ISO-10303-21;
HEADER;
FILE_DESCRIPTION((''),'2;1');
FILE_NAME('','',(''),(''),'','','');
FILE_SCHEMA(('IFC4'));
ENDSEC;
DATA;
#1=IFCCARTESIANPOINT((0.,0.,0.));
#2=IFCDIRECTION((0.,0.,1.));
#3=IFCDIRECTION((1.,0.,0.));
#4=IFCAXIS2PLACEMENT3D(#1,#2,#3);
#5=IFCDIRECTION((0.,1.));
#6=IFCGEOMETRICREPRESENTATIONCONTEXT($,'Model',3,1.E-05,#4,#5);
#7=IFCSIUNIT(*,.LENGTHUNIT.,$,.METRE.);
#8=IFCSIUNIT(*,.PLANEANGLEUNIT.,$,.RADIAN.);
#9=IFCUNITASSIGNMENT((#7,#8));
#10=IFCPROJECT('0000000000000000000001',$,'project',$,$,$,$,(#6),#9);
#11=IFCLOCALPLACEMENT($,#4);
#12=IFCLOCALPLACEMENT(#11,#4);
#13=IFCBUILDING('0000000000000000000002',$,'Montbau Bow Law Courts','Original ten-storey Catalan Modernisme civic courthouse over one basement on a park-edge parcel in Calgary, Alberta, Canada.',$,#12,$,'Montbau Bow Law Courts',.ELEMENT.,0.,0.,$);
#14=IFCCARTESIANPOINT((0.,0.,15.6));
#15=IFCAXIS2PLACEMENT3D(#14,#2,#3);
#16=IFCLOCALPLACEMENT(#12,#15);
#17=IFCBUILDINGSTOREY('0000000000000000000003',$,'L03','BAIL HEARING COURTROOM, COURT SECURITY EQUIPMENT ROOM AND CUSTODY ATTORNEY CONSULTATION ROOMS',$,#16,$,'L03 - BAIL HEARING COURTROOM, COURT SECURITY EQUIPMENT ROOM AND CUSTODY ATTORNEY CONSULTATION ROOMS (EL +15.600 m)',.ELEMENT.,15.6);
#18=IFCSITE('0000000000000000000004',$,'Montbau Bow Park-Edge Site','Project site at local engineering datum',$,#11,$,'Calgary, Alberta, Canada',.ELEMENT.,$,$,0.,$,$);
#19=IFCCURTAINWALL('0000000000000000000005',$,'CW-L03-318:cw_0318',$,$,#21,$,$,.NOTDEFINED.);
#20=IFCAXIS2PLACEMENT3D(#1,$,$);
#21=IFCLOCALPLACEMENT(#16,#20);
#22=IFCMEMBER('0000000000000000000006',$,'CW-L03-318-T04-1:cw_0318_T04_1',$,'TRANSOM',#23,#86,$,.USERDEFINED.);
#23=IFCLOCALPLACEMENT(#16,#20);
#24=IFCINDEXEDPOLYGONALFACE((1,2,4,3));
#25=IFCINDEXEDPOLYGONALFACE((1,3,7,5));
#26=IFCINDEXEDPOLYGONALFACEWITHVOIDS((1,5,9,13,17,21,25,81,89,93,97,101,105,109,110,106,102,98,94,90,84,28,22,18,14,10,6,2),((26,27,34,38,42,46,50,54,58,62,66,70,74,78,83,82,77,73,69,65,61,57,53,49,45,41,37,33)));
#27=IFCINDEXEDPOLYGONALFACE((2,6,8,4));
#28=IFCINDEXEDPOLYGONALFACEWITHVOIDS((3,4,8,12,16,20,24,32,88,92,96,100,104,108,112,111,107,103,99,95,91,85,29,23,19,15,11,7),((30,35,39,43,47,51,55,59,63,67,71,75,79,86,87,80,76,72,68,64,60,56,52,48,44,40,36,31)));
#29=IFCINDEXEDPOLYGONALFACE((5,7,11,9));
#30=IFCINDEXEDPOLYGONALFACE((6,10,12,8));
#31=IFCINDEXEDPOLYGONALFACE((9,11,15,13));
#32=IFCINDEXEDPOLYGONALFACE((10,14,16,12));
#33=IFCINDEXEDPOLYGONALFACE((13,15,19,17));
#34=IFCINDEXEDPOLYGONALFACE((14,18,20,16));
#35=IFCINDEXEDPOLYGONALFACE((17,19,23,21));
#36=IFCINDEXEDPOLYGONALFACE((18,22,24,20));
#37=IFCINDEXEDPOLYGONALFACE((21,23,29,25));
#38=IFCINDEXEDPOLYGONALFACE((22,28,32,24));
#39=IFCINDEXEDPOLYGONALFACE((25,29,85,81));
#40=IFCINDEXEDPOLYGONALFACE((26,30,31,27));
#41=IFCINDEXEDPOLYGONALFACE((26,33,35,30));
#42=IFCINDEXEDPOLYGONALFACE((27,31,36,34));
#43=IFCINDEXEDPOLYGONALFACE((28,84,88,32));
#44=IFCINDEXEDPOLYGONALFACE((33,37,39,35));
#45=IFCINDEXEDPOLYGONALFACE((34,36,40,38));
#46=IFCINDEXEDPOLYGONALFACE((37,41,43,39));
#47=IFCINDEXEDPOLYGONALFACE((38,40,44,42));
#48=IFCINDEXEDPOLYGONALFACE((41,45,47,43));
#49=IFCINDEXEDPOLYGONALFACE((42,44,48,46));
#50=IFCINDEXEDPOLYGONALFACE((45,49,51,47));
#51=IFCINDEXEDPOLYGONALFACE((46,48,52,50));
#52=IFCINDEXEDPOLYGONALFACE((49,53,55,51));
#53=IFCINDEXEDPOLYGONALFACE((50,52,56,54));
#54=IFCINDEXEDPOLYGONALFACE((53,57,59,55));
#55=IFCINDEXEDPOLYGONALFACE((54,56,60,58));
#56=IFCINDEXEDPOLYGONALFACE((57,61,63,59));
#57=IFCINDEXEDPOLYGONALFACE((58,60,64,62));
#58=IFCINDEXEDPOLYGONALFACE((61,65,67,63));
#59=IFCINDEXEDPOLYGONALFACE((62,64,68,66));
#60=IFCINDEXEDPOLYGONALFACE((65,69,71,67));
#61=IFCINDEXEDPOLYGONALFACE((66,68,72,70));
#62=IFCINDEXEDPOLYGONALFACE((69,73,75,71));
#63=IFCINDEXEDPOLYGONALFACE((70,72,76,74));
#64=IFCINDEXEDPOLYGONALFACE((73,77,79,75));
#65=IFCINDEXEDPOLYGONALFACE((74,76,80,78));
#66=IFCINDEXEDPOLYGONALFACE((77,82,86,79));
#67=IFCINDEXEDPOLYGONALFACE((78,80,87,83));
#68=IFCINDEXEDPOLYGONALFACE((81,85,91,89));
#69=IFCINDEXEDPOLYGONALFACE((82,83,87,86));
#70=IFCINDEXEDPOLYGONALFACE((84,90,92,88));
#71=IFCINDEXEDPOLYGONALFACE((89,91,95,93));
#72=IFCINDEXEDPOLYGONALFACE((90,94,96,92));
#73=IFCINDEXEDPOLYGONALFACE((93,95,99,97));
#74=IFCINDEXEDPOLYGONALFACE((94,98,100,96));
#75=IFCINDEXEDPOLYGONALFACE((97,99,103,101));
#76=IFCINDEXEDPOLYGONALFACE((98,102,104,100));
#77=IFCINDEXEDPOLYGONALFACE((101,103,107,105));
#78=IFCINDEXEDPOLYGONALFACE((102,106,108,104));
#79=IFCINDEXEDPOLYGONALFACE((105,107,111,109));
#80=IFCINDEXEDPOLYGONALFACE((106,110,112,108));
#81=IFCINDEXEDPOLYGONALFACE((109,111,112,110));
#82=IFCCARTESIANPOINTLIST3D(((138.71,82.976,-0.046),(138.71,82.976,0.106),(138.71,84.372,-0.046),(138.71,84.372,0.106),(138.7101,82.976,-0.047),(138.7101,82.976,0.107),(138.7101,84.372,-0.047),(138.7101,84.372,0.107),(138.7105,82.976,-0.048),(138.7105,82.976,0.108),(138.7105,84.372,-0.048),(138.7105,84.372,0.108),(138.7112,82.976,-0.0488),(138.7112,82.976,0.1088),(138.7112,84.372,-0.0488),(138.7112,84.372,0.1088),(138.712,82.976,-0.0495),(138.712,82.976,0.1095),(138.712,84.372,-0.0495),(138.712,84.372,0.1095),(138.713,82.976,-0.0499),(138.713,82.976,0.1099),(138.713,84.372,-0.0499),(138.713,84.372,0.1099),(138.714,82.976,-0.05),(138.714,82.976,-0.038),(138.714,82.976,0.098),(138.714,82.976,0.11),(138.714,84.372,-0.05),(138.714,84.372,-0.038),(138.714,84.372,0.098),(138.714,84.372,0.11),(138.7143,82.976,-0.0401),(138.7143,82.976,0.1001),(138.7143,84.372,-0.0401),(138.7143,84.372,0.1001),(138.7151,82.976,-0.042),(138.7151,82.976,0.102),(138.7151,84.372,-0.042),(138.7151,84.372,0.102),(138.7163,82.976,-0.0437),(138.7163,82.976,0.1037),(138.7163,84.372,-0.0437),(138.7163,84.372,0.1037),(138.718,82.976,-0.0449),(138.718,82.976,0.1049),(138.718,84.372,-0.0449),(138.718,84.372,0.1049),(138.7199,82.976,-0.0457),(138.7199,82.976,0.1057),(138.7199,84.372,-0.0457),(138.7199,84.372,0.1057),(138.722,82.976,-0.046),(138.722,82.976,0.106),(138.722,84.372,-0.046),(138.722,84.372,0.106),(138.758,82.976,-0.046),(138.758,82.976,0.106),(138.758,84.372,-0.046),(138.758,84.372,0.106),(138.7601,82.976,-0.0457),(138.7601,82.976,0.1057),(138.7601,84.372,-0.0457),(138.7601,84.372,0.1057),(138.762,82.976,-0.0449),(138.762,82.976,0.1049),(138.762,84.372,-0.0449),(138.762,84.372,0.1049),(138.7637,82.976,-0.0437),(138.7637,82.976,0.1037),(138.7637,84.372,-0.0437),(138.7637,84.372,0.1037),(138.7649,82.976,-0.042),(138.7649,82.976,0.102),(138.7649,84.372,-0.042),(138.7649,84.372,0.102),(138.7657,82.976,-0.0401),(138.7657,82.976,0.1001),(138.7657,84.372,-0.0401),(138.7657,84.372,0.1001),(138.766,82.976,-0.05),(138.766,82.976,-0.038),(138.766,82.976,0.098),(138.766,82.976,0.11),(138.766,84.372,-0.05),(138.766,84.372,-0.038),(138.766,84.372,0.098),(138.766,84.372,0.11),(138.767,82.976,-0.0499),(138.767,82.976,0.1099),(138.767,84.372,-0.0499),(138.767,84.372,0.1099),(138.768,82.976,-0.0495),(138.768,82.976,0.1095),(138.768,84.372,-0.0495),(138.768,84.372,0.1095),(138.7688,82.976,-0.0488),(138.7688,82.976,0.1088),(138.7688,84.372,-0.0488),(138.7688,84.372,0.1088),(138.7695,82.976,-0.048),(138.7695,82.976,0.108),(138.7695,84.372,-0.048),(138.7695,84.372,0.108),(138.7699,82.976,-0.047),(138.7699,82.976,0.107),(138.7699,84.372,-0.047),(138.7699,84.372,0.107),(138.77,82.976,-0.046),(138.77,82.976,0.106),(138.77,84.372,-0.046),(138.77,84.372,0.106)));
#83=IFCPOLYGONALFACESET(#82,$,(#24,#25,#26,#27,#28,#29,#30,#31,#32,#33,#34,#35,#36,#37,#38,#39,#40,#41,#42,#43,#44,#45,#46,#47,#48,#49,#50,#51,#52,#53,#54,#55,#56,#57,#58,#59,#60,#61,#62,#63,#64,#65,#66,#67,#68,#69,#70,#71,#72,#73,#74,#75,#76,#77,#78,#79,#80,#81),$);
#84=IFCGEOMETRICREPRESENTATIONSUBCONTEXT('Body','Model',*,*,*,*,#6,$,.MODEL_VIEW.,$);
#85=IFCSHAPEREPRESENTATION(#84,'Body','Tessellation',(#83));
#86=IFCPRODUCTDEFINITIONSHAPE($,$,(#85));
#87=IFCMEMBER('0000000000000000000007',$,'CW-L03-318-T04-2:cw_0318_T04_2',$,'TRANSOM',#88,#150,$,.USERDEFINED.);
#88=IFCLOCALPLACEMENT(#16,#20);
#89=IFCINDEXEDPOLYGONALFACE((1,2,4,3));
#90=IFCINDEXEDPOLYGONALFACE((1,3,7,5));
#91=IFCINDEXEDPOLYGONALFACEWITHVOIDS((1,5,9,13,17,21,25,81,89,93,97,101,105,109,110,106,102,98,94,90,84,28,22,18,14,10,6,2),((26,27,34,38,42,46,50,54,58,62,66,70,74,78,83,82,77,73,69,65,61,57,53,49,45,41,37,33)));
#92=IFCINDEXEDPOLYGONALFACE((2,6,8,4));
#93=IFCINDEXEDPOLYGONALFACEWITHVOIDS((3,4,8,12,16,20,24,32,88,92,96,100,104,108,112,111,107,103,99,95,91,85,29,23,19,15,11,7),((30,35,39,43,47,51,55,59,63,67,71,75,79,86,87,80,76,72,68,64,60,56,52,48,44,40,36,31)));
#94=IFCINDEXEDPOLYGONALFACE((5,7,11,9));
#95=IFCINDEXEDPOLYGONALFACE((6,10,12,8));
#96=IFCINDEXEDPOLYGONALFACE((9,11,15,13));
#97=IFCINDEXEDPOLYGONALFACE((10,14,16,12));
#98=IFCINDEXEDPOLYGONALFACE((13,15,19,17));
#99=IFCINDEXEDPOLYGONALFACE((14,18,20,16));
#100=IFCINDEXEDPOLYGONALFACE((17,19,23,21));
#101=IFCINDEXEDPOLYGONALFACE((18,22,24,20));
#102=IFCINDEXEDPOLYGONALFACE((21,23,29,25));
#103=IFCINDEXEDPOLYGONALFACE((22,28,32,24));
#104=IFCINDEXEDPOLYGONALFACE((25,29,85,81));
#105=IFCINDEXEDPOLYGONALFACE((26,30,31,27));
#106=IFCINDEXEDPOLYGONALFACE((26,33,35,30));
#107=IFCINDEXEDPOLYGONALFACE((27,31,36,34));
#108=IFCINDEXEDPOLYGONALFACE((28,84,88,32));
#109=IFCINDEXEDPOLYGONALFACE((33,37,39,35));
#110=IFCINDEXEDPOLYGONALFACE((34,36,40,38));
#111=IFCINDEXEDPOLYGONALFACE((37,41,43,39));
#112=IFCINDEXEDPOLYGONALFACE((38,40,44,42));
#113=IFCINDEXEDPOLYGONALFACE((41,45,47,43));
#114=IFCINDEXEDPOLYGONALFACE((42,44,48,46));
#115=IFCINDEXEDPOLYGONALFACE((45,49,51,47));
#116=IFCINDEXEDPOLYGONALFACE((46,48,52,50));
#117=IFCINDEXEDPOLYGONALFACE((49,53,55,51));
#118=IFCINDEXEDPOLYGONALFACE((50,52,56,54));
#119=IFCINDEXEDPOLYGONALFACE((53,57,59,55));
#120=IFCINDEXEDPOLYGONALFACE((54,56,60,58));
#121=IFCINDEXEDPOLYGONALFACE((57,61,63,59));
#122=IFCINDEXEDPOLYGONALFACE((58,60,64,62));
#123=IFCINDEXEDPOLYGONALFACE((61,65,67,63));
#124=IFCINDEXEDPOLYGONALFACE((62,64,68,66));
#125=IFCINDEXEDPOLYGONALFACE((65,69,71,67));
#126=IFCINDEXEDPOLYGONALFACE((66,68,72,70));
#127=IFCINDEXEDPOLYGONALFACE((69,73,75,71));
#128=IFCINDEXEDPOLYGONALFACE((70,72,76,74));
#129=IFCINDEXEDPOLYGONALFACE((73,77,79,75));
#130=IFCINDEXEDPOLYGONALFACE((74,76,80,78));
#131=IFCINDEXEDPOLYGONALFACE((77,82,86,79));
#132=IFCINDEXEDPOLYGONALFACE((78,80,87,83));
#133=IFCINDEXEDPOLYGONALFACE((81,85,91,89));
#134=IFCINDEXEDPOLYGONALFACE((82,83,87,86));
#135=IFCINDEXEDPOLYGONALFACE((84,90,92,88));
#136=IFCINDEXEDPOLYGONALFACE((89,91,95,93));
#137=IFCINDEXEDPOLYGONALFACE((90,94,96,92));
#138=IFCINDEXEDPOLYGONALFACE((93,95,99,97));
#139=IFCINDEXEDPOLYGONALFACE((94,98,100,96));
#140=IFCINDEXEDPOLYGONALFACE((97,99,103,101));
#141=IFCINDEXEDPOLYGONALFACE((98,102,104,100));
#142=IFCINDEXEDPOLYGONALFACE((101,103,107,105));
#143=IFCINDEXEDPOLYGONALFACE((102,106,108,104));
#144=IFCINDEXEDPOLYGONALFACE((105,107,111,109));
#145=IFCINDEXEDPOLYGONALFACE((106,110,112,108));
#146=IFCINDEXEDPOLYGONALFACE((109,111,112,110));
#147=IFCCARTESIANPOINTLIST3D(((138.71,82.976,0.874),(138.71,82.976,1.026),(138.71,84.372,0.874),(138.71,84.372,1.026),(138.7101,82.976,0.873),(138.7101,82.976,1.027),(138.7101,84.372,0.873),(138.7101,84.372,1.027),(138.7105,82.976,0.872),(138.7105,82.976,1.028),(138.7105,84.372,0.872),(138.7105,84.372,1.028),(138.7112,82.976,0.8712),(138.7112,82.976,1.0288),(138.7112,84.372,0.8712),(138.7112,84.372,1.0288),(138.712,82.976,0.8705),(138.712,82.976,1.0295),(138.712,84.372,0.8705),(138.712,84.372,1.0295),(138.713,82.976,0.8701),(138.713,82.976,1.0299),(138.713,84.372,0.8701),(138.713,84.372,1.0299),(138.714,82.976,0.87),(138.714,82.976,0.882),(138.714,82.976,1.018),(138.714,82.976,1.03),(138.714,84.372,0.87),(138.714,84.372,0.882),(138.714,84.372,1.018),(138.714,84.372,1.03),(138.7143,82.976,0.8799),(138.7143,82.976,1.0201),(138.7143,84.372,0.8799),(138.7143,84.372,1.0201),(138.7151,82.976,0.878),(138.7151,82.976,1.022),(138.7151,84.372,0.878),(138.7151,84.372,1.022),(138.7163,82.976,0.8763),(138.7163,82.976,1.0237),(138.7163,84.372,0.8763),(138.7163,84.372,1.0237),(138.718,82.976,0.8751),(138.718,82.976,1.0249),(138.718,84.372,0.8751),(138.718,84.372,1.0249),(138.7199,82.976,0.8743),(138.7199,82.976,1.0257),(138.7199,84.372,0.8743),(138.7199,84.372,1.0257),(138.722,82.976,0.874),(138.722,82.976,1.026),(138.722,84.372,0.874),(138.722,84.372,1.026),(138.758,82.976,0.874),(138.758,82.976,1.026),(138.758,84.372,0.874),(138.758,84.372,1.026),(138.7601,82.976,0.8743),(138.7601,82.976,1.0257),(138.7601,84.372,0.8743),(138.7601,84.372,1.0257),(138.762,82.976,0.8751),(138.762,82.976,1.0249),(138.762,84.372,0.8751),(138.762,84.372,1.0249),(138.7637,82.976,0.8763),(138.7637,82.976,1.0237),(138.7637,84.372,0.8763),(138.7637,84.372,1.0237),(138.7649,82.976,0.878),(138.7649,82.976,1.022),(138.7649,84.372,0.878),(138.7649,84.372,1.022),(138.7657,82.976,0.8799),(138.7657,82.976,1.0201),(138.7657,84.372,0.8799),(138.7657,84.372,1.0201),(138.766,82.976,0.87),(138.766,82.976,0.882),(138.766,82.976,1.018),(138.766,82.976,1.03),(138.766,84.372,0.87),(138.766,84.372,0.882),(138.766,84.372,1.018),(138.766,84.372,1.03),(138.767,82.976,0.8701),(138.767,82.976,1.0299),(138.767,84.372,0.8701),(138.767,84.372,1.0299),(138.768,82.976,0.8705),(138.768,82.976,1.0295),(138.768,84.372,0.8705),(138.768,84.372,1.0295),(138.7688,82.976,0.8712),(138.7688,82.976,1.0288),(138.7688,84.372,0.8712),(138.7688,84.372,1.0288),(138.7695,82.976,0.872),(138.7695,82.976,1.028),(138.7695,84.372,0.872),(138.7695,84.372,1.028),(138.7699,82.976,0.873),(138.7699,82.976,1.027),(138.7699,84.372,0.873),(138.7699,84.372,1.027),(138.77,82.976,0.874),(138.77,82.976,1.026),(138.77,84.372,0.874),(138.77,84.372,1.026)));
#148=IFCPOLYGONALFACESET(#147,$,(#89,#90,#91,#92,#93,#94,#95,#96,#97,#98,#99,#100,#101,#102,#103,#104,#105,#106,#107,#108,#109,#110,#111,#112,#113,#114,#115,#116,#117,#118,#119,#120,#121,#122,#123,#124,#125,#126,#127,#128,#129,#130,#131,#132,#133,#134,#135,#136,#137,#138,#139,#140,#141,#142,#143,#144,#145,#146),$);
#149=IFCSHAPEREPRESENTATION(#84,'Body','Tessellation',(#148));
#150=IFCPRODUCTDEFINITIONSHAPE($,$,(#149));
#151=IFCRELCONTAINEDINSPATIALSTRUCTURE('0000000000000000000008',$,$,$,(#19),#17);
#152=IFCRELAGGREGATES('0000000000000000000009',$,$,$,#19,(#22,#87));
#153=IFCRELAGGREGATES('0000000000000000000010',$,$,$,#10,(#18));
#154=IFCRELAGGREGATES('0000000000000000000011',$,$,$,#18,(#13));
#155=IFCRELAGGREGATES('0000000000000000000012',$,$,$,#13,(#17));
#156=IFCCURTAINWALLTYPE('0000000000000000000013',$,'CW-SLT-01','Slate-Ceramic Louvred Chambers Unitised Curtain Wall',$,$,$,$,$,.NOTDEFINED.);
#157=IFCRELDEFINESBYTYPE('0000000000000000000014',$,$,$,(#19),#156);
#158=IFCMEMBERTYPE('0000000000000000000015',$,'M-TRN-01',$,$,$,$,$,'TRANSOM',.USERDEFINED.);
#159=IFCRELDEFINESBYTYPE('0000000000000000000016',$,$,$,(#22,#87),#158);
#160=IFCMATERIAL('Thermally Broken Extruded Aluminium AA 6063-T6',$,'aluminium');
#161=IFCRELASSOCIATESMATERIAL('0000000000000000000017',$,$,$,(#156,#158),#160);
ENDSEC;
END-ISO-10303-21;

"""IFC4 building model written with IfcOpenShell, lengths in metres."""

from ifc_helpers import new_model, si_unit, direction, frame, origin_with_axes, origin_2d_with_axis, place, context, subcontext, project, spatial, hollow_rectangle, extrude, material, material_profile, profile_set, type_object, element, aggregate, save


model = new_model("IFC4")

# Units and contexts
model_context = context("Model", 3, precision=1e-05, world=origin_with_axes(), true_north=direction((0.0, 1.0)))
body_context = subcontext(model_context, "Body", "Model", "MODEL_VIEW")
ifc_project = project(units=[si_unit("LENGTHUNIT", "METRE"), si_unit("PLANEANGLEUNIT", "RADIAN")], contexts=[model_context])

# Site, building, storey
site_placement = place(None, origin_with_axes())
site = spatial("IfcSite", under=ifc_project, at=site_placement, Name="Montbau Bow Park-Edge Site", Description="Project site at local engineering datum", LongName="Calgary, Alberta, Canada", CompositionType="ELEMENT", RefElevation=0.0)
building_placement = place(site_placement, origin_with_axes())
building = spatial("IfcBuilding", under=site, at=building_placement, Name="Montbau Bow Law Courts", Description="Original ten-storey Catalan Modernisme civic courthouse over one basement on a park-edge parcel in Calgary, Alberta, Canada.", LongName="Montbau Bow Law Courts", CompositionType="ELEMENT", ElevationOfRefHeight=0.0, ElevationOfTerrain=0.0)
storey_placement = place(building_placement, frame((0.0, 0.0, 15.6), z_axis=(0.0, 0.0, 1.0), x_axis=(1.0, 0.0, 0.0)))
storey = spatial("IfcBuildingStorey", under=building, at=storey_placement, Name="L03", Description="BAIL HEARING COURTROOM, COURT SECURITY EQUIPMENT ROOM AND CUSTODY ATTORNEY CONSULTATION ROOMS", LongName="L03 - BAIL HEARING COURTROOM, COURT SECURITY EQUIPMENT ROOM AND CUSTODY ATTORNEY CONSULTATION ROOMS (EL +15.600 m)", CompositionType="ELEMENT", Elevation=15.6)

# Curtain wall
ifc_material_1 = material(Name="Thermally Broken Extruded Aluminium AA 6063-T6", Category="aluminium")
curtain_wall_type = type_object("IfcCurtainWallType", Name="CW-SLT-01", Description="Slate-Ceramic Louvred Chambers Unitised Curtain Wall", PredefinedType="NOTDEFINED", material=ifc_material_1)
curtain_wall_1_placement = place(None, frame((138.74, 78.515, 15.6), z_axis=(0.0, 0.0, 1.0), x_axis=(1.0, 0.0, 0.0)))
curtain_wall_1 = element("IfcCurtainWall", 1, at=curtain_wall_1_placement, inside=storey, type_object=curtain_wall_type, Name="CW-L03-318:cw_0318", PredefinedType="NOTDEFINED")

# Members
ifc_material_profile_1 = material_profile(ifc_material_1, hollow_rectangle(XDim=0.06, YDim=0.16, WallThickness=0.004, InnerFilletRadius=0.008, OuterFilletRadius=0.004, at=origin_2d_with_axis()), Name="CWT-160X60", Category="Main", Priority=0)
ifc_profile_set_1 = profile_set([ifc_material_profile_1], Name="Thermally Broken Extruded Aluminium AA 6063-T6")
member_type_1 = type_object("IfcMemberType", Name="M-TRN-01", ElementType="TRANSOM", PredefinedType="USERDEFINED", material=ifc_profile_set_1)
member_1_placement = place(None, frame((138.74, 82.976, 15.63), z_axis=(0.0, 1.0, 0.0), x_axis=(-1.0, 0.0, 0.0)))
member_1 = element("IfcMember", 2, at=member_1_placement, type_object=member_type_1, Name="CW-L03-318-T04-1:cw_0318_T04_1", ObjectType="TRANSOM", PredefinedType="USERDEFINED", context=body_context, shape_type="SweptSolid", body=[
    extrude(hollow_rectangle(XDim=0.06, YDim=0.16, WallThickness=0.004, InnerFilletRadius=0.008, OuterFilletRadius=0.004, at=origin_2d_with_axis()), origin_with_axes(), (0.0, 0.0, 1.0), 1.396),
])
member_2_placement = place(None, frame((138.74, 82.976, 16.55), z_axis=(0.0, 1.0, 0.0), x_axis=(-1.0, 0.0, 0.0)))
member_2 = element("IfcMember", 3, at=member_2_placement, type_object=member_type_1, Name="CW-L03-318-T04-2:cw_0318_T04_2", ObjectType="TRANSOM", PredefinedType="USERDEFINED", context=body_context, shape_type="SweptSolid", body=[
    extrude(hollow_rectangle(XDim=0.06, YDim=0.16, WallThickness=0.004, InnerFilletRadius=0.008, OuterFilletRadius=0.004, at=origin_2d_with_axis()), origin_with_axes(), (0.0, 0.0, 1.0), 1.396),
])

aggregate(curtain_wall_1, [member_1, member_2])

save(model, "model.ifc")
